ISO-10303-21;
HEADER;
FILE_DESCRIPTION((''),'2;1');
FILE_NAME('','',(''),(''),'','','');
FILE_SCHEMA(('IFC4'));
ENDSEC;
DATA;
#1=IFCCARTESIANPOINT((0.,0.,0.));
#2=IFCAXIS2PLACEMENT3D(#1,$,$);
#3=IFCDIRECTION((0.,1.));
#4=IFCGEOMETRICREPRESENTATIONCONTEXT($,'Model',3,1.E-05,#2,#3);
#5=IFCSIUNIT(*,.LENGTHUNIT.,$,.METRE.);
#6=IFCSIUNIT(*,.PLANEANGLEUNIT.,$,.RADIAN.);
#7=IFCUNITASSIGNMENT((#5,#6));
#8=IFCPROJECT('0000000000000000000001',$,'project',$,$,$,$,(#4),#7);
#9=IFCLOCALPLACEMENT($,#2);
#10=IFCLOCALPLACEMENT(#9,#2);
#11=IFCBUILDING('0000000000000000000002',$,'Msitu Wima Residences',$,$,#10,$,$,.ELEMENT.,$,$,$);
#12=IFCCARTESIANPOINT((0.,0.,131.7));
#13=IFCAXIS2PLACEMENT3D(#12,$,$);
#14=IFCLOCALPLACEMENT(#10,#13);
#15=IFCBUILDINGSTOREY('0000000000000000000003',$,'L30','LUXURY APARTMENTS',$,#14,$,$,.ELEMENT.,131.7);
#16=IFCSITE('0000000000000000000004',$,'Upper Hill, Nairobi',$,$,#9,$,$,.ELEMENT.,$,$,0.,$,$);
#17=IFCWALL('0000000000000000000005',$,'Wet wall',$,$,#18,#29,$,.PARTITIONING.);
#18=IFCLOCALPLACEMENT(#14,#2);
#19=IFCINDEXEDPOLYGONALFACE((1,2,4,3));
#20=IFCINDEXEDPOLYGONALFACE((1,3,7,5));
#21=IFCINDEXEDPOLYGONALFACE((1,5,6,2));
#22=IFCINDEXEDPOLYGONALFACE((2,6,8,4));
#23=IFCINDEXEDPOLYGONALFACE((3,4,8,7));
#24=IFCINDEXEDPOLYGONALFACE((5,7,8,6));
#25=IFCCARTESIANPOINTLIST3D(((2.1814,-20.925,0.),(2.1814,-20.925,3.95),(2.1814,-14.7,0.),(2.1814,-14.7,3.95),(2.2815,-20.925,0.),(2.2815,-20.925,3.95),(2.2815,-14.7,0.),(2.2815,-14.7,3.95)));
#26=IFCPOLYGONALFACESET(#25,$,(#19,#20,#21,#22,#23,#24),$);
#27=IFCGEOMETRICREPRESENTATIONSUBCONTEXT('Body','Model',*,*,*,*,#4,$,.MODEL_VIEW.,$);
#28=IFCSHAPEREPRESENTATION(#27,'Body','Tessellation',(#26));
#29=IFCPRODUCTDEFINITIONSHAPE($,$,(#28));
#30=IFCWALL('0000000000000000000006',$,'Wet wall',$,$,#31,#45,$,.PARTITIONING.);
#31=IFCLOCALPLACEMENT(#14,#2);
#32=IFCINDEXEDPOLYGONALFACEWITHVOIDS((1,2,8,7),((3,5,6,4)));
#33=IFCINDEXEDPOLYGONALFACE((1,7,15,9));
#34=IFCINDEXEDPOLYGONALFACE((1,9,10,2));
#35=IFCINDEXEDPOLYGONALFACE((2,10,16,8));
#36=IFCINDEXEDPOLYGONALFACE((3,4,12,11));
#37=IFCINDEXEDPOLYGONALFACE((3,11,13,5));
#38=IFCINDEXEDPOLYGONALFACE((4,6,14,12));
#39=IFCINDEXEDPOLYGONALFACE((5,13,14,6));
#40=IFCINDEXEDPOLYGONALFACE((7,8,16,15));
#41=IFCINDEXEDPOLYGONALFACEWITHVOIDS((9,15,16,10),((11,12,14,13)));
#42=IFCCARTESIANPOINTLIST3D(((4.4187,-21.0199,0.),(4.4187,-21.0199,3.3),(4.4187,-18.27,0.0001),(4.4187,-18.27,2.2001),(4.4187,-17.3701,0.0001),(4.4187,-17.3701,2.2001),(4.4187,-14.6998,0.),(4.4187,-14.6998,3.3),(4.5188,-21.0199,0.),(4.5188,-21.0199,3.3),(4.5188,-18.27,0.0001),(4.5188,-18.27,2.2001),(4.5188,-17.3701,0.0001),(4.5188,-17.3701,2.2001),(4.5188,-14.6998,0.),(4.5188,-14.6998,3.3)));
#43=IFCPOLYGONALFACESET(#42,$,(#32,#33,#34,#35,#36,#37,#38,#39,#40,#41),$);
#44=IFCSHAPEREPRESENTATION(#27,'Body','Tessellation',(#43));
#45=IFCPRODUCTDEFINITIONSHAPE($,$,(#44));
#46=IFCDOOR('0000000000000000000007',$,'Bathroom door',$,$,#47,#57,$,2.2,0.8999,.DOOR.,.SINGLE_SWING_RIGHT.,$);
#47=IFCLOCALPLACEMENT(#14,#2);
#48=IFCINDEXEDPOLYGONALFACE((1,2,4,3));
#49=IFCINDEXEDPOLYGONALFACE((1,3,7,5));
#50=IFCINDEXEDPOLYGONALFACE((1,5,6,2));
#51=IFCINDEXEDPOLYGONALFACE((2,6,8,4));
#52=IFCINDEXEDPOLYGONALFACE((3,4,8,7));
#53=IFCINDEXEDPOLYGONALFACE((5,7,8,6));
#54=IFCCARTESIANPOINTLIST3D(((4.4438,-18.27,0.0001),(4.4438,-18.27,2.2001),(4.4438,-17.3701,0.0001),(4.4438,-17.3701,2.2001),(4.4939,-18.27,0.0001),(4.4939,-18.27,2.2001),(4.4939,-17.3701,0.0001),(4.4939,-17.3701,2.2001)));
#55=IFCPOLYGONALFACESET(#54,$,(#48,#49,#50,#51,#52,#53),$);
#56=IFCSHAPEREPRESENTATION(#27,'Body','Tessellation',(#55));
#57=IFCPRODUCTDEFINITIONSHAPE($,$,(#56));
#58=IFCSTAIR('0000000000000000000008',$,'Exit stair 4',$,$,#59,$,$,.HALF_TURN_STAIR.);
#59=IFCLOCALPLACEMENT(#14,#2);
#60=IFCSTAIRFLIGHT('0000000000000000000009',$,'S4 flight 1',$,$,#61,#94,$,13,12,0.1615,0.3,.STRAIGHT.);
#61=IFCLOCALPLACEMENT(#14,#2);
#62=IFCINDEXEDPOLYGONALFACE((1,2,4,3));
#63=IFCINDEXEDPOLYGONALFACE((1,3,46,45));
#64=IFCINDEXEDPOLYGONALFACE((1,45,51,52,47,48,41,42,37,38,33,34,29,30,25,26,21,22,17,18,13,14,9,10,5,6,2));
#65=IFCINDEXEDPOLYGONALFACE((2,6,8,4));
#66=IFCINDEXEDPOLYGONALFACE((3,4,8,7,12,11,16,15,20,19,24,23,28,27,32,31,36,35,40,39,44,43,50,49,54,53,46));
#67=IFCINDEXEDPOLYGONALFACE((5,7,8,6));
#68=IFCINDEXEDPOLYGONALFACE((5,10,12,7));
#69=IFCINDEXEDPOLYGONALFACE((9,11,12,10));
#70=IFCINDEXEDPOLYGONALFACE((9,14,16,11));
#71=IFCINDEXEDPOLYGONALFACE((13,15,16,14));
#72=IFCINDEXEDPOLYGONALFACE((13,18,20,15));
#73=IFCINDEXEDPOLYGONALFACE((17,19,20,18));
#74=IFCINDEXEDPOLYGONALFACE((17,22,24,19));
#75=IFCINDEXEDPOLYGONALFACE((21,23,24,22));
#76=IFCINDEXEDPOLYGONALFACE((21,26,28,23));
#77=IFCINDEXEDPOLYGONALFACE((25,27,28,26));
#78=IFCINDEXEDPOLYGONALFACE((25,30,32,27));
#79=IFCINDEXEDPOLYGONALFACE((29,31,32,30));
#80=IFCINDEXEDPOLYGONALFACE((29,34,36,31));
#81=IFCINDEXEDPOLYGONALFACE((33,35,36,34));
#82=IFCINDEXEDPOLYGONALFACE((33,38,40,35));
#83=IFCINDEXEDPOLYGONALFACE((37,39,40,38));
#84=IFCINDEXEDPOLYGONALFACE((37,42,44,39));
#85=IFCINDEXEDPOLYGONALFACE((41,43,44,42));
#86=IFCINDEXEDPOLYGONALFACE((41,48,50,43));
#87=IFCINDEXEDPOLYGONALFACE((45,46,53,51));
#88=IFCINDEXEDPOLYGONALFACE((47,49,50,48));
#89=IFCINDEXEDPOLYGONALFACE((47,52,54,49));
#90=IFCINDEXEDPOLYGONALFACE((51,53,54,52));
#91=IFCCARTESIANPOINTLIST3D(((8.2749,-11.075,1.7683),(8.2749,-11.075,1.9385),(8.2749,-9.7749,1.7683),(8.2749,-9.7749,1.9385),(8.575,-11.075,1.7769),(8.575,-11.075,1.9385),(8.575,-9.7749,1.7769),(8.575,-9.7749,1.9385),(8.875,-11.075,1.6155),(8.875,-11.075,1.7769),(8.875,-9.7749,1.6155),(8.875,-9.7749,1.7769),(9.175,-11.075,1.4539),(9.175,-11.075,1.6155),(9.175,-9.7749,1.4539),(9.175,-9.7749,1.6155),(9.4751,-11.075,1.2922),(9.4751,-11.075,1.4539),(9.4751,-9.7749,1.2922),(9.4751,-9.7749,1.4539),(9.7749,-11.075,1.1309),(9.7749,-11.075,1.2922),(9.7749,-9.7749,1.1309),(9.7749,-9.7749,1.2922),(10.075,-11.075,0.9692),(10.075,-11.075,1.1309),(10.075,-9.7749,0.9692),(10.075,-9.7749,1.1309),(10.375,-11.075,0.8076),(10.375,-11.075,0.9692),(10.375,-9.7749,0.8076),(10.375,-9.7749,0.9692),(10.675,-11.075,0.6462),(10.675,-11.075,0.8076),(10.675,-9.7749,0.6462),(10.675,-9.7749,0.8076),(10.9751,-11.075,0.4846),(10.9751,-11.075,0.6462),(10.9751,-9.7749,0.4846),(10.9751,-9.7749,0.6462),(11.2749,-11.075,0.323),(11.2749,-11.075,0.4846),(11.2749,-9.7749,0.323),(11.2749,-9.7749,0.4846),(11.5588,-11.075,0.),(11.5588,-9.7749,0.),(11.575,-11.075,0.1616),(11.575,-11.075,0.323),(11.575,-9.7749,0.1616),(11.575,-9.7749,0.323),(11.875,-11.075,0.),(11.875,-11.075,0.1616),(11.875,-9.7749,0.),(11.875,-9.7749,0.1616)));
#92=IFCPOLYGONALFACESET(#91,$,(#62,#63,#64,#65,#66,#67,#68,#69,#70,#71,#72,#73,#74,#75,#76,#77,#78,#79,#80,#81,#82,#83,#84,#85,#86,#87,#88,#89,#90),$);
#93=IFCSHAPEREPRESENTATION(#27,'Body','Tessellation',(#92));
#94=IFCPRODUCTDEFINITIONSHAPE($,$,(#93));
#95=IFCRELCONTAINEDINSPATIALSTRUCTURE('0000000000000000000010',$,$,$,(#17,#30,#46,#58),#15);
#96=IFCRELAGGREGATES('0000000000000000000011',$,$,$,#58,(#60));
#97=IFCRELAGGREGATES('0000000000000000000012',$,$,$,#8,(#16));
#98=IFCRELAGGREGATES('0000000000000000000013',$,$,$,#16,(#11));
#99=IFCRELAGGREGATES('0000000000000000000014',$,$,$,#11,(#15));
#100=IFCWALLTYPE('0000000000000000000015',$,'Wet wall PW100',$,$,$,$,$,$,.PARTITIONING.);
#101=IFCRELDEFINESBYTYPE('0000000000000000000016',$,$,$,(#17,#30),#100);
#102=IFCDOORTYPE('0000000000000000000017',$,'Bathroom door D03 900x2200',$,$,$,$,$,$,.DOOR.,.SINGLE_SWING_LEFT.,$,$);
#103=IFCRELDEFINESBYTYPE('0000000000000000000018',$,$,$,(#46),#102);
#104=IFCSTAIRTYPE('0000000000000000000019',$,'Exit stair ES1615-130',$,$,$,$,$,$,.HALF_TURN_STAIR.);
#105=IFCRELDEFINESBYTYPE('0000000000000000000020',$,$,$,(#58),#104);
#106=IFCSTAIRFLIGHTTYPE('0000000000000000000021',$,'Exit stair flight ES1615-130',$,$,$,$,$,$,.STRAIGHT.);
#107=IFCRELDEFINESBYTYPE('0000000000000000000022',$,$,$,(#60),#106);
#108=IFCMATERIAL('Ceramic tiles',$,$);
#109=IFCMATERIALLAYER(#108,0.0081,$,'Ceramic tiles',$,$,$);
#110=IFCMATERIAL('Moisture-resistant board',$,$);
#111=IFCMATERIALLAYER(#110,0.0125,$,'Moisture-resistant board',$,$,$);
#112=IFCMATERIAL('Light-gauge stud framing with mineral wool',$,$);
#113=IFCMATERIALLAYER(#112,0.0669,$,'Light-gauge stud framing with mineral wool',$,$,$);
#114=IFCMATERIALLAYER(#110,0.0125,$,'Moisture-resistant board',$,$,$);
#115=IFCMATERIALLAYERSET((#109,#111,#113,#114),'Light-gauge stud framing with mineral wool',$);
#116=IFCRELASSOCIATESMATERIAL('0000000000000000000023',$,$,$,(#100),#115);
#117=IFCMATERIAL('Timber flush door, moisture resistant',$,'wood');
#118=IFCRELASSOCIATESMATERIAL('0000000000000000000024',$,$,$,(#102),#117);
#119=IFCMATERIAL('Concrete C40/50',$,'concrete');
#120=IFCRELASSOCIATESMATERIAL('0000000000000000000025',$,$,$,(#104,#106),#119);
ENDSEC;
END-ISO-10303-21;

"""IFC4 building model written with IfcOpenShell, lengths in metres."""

from ifc_helpers import new_model, si_unit, direction, frame, frame_2d, origin, place, context, subcontext, project, spatial, polyline, rectangle, outline, extrude, material, layer, layer_set, type_object, element, fill, aggregate, save


model = new_model("IFC4")

# Units and contexts
model_context = context("Model", 3, precision=1e-05, world=origin(), true_north=direction((0.0, 1.0)))
body_context = subcontext(model_context, "Body", "Model", "MODEL_VIEW")
ifc_project = project(units=[si_unit("LENGTHUNIT", "METRE"), si_unit("PLANEANGLEUNIT", "RADIAN")], contexts=[model_context])

# Site, building, storey
site_placement = place(None, origin())
site = spatial("IfcSite", under=ifc_project, at=site_placement, Name="Upper Hill, Nairobi", CompositionType="ELEMENT", RefElevation=0.0)
building_placement = place(site_placement, origin())
building = spatial("IfcBuilding", under=site, at=building_placement, Name="Msitu Wima Residences", CompositionType="ELEMENT")
storey_placement = place(building_placement, frame((0.0, 0.0, 131.7)))
storey = spatial("IfcBuildingStorey", under=building, at=storey_placement, Name="L30", Description="LUXURY APARTMENTS", CompositionType="ELEMENT", Elevation=131.7)

# Shared definitions
ifc_material_1 = material(Name="Concrete C40/50", Category="concrete")

# Wall
ifc_material_2 = material(Name="Ceramic tiles")
ifc_layer_1 = layer(ifc_material_2, 0.0081, Name="Ceramic tiles")
ifc_material_3 = material(Name="Moisture-resistant board")
ifc_layer_2 = layer(ifc_material_3, 0.0125, Name="Moisture-resistant board")
ifc_material_4 = material(Name="Light-gauge stud framing with mineral wool")
ifc_layer_3 = layer(ifc_material_4, 0.0669, Name="Light-gauge stud framing with mineral wool")
ifc_layer_4 = layer(ifc_material_3, 0.0125, Name="Moisture-resistant board")
ifc_layer_set_1 = layer_set([ifc_layer_1, ifc_layer_2, ifc_layer_3, ifc_layer_4], Name="Light-gauge stud framing with mineral wool")
wall_type_1 = type_object("IfcWallType", Name="Wet wall PW100", PredefinedType="PARTITIONING", material=ifc_layer_set_1)
wall_1_placement = place(storey_placement, frame((2.2314, -20.925, 0.0), z_axis=(0.0, 0.0, 1.0), x_axis=(0.0, 1.0, 0.0)))
element("IfcWall", 1, at=wall_1_placement, inside=storey, type_object=wall_type_1, Name="Wet wall", PredefinedType="PARTITIONING", context=body_context, shape_type="SweptSolid", body=[
    extrude(rectangle(XDim=6.2251, YDim=0.1001, at=frame_2d((3.1125, 0.0))), origin(), (0.0, 0.0, 1.0), 3.95),
])

# Wall, opening, door
wall_2_placement = place(storey_placement, frame((4.4688, -21.02, 0.0), z_axis=(0.0, 0.0, 1.0), x_axis=(0.0, 1.0, 0.0)))
wall_2 = element("IfcWall", 2, at=wall_2_placement, inside=storey, type_object=wall_type_1, Name="Wet wall", PredefinedType="PARTITIONING", context=body_context, shape_type="SweptSolid", body=[
    extrude(rectangle(XDim=6.3201, YDim=0.1001, at=frame_2d((3.1602, 0.0))), origin(), (0.0, 0.0, 1.0), 3.3),
])
opening_1_placement = place(wall_2_placement, frame((2.75, 0.0, 0.0)))
opening_1 = element("IfcOpeningElement", 3, at=opening_1_placement, cuts=wall_2, PredefinedType="OPENING", context=body_context, shape_type="SweptSolid", body=[
    extrude(rectangle(XDim=0.8999, YDim=2.2, at=frame_2d((0.45, 1.1001))), frame((0.0, 0.0601, 0.0), z_axis=(0.0, -1.0, 0.0), x_axis=(1.0, 0.0, 0.0)), (0.0, 0.0, 1.0), 0.1201),
])
ifc_material_5 = material(Name="Timber flush door, moisture resistant", Category="wood")
door_type_1 = type_object("IfcDoorType", Name="Bathroom door D03 900x2200", OperationType="SINGLE_SWING_LEFT", PredefinedType="DOOR", material=ifc_material_5)
door_1_placement = place(opening_1_placement, origin())
door_1 = element("IfcDoor", 4, at=door_1_placement, inside=storey, type_object=door_type_1, Name="Bathroom door", OperationType="SINGLE_SWING_RIGHT", OverallHeight=2.2, OverallWidth=0.8999, PredefinedType="DOOR", context=body_context, shape_type="SweptSolid", body=[
    extrude(rectangle(XDim=0.8999, YDim=2.2, at=frame_2d((0.45, 1.1001))), frame((0.0, 0.0249, 0.0), z_axis=(0.0, -1.0, 0.0), x_axis=(1.0, 0.0, 0.0)), (0.0, 0.0, 1.0), 0.05),
])
fill(opening_1, door_1)

# Stair, stair flight
stair_type = type_object("IfcStairType", Name="Exit stair ES1615-130", PredefinedType="HALF_TURN_STAIR", material=ifc_material_1)
stair_placement = place(storey_placement, origin())
stair = element("IfcStair", 5, at=stair_placement, inside=storey, type_object=stair_type, Name="Exit stair 4", PredefinedType="HALF_TURN_STAIR")
stair_flight_type = type_object("IfcStairFlightType", Name="Exit stair flight ES1615-130", PredefinedType="STRAIGHT", material=ifc_material_1)
stair_flight_placement = place(storey_placement, frame((11.875, -10.425, 0.0), z_axis=(0.0, 0.0, 1.0), x_axis=(-1.0, 0.0, 0.0)))
stair_flight = element("IfcStairFlight", 6, at=stair_flight_placement, type_object=stair_flight_type, Name="S4 flight 1", NumberOfRisers=13, NumberOfTreads=12, PredefinedType="STRAIGHT", RiserHeight=0.1615, TreadLength=0.3, context=body_context, shape_type="SweptSolid", body=[
    extrude(outline(polyline([(0.0, 0.0), (0.0, 0.1616), (0.3, 0.1616), (0.3, 0.323), (0.6001, 0.323), (0.6001, 0.4846), (0.8999, 0.4846), (0.8999, 0.6462), (1.2, 0.6462), (1.2, 0.8076), (1.5, 0.8076), (1.5, 0.9692), (1.8, 0.9692), (1.8, 1.1309), (2.1001, 1.1309), (2.1001, 1.2922), (2.3999, 1.2922), (2.3999, 1.4539), (2.7, 1.4539), (2.7, 1.6155), (3.0, 1.6155), (3.0, 1.7769), (3.3, 1.7769), (3.3, 1.9385), (3.6001, 1.9385), (3.6001, 2.1001), (3.6001, 1.7683), (0.3162, 0.0), (0.0, 0.0)])), frame((0.0, 0.6499, 0.0), z_axis=(0.0, -1.0, 0.0), x_axis=(1.0, 0.0, 0.0)), (0.0, 0.0, 1.0), 1.3),
])
aggregate(stair, [stair_flight])

save(model, "model.ifc")
